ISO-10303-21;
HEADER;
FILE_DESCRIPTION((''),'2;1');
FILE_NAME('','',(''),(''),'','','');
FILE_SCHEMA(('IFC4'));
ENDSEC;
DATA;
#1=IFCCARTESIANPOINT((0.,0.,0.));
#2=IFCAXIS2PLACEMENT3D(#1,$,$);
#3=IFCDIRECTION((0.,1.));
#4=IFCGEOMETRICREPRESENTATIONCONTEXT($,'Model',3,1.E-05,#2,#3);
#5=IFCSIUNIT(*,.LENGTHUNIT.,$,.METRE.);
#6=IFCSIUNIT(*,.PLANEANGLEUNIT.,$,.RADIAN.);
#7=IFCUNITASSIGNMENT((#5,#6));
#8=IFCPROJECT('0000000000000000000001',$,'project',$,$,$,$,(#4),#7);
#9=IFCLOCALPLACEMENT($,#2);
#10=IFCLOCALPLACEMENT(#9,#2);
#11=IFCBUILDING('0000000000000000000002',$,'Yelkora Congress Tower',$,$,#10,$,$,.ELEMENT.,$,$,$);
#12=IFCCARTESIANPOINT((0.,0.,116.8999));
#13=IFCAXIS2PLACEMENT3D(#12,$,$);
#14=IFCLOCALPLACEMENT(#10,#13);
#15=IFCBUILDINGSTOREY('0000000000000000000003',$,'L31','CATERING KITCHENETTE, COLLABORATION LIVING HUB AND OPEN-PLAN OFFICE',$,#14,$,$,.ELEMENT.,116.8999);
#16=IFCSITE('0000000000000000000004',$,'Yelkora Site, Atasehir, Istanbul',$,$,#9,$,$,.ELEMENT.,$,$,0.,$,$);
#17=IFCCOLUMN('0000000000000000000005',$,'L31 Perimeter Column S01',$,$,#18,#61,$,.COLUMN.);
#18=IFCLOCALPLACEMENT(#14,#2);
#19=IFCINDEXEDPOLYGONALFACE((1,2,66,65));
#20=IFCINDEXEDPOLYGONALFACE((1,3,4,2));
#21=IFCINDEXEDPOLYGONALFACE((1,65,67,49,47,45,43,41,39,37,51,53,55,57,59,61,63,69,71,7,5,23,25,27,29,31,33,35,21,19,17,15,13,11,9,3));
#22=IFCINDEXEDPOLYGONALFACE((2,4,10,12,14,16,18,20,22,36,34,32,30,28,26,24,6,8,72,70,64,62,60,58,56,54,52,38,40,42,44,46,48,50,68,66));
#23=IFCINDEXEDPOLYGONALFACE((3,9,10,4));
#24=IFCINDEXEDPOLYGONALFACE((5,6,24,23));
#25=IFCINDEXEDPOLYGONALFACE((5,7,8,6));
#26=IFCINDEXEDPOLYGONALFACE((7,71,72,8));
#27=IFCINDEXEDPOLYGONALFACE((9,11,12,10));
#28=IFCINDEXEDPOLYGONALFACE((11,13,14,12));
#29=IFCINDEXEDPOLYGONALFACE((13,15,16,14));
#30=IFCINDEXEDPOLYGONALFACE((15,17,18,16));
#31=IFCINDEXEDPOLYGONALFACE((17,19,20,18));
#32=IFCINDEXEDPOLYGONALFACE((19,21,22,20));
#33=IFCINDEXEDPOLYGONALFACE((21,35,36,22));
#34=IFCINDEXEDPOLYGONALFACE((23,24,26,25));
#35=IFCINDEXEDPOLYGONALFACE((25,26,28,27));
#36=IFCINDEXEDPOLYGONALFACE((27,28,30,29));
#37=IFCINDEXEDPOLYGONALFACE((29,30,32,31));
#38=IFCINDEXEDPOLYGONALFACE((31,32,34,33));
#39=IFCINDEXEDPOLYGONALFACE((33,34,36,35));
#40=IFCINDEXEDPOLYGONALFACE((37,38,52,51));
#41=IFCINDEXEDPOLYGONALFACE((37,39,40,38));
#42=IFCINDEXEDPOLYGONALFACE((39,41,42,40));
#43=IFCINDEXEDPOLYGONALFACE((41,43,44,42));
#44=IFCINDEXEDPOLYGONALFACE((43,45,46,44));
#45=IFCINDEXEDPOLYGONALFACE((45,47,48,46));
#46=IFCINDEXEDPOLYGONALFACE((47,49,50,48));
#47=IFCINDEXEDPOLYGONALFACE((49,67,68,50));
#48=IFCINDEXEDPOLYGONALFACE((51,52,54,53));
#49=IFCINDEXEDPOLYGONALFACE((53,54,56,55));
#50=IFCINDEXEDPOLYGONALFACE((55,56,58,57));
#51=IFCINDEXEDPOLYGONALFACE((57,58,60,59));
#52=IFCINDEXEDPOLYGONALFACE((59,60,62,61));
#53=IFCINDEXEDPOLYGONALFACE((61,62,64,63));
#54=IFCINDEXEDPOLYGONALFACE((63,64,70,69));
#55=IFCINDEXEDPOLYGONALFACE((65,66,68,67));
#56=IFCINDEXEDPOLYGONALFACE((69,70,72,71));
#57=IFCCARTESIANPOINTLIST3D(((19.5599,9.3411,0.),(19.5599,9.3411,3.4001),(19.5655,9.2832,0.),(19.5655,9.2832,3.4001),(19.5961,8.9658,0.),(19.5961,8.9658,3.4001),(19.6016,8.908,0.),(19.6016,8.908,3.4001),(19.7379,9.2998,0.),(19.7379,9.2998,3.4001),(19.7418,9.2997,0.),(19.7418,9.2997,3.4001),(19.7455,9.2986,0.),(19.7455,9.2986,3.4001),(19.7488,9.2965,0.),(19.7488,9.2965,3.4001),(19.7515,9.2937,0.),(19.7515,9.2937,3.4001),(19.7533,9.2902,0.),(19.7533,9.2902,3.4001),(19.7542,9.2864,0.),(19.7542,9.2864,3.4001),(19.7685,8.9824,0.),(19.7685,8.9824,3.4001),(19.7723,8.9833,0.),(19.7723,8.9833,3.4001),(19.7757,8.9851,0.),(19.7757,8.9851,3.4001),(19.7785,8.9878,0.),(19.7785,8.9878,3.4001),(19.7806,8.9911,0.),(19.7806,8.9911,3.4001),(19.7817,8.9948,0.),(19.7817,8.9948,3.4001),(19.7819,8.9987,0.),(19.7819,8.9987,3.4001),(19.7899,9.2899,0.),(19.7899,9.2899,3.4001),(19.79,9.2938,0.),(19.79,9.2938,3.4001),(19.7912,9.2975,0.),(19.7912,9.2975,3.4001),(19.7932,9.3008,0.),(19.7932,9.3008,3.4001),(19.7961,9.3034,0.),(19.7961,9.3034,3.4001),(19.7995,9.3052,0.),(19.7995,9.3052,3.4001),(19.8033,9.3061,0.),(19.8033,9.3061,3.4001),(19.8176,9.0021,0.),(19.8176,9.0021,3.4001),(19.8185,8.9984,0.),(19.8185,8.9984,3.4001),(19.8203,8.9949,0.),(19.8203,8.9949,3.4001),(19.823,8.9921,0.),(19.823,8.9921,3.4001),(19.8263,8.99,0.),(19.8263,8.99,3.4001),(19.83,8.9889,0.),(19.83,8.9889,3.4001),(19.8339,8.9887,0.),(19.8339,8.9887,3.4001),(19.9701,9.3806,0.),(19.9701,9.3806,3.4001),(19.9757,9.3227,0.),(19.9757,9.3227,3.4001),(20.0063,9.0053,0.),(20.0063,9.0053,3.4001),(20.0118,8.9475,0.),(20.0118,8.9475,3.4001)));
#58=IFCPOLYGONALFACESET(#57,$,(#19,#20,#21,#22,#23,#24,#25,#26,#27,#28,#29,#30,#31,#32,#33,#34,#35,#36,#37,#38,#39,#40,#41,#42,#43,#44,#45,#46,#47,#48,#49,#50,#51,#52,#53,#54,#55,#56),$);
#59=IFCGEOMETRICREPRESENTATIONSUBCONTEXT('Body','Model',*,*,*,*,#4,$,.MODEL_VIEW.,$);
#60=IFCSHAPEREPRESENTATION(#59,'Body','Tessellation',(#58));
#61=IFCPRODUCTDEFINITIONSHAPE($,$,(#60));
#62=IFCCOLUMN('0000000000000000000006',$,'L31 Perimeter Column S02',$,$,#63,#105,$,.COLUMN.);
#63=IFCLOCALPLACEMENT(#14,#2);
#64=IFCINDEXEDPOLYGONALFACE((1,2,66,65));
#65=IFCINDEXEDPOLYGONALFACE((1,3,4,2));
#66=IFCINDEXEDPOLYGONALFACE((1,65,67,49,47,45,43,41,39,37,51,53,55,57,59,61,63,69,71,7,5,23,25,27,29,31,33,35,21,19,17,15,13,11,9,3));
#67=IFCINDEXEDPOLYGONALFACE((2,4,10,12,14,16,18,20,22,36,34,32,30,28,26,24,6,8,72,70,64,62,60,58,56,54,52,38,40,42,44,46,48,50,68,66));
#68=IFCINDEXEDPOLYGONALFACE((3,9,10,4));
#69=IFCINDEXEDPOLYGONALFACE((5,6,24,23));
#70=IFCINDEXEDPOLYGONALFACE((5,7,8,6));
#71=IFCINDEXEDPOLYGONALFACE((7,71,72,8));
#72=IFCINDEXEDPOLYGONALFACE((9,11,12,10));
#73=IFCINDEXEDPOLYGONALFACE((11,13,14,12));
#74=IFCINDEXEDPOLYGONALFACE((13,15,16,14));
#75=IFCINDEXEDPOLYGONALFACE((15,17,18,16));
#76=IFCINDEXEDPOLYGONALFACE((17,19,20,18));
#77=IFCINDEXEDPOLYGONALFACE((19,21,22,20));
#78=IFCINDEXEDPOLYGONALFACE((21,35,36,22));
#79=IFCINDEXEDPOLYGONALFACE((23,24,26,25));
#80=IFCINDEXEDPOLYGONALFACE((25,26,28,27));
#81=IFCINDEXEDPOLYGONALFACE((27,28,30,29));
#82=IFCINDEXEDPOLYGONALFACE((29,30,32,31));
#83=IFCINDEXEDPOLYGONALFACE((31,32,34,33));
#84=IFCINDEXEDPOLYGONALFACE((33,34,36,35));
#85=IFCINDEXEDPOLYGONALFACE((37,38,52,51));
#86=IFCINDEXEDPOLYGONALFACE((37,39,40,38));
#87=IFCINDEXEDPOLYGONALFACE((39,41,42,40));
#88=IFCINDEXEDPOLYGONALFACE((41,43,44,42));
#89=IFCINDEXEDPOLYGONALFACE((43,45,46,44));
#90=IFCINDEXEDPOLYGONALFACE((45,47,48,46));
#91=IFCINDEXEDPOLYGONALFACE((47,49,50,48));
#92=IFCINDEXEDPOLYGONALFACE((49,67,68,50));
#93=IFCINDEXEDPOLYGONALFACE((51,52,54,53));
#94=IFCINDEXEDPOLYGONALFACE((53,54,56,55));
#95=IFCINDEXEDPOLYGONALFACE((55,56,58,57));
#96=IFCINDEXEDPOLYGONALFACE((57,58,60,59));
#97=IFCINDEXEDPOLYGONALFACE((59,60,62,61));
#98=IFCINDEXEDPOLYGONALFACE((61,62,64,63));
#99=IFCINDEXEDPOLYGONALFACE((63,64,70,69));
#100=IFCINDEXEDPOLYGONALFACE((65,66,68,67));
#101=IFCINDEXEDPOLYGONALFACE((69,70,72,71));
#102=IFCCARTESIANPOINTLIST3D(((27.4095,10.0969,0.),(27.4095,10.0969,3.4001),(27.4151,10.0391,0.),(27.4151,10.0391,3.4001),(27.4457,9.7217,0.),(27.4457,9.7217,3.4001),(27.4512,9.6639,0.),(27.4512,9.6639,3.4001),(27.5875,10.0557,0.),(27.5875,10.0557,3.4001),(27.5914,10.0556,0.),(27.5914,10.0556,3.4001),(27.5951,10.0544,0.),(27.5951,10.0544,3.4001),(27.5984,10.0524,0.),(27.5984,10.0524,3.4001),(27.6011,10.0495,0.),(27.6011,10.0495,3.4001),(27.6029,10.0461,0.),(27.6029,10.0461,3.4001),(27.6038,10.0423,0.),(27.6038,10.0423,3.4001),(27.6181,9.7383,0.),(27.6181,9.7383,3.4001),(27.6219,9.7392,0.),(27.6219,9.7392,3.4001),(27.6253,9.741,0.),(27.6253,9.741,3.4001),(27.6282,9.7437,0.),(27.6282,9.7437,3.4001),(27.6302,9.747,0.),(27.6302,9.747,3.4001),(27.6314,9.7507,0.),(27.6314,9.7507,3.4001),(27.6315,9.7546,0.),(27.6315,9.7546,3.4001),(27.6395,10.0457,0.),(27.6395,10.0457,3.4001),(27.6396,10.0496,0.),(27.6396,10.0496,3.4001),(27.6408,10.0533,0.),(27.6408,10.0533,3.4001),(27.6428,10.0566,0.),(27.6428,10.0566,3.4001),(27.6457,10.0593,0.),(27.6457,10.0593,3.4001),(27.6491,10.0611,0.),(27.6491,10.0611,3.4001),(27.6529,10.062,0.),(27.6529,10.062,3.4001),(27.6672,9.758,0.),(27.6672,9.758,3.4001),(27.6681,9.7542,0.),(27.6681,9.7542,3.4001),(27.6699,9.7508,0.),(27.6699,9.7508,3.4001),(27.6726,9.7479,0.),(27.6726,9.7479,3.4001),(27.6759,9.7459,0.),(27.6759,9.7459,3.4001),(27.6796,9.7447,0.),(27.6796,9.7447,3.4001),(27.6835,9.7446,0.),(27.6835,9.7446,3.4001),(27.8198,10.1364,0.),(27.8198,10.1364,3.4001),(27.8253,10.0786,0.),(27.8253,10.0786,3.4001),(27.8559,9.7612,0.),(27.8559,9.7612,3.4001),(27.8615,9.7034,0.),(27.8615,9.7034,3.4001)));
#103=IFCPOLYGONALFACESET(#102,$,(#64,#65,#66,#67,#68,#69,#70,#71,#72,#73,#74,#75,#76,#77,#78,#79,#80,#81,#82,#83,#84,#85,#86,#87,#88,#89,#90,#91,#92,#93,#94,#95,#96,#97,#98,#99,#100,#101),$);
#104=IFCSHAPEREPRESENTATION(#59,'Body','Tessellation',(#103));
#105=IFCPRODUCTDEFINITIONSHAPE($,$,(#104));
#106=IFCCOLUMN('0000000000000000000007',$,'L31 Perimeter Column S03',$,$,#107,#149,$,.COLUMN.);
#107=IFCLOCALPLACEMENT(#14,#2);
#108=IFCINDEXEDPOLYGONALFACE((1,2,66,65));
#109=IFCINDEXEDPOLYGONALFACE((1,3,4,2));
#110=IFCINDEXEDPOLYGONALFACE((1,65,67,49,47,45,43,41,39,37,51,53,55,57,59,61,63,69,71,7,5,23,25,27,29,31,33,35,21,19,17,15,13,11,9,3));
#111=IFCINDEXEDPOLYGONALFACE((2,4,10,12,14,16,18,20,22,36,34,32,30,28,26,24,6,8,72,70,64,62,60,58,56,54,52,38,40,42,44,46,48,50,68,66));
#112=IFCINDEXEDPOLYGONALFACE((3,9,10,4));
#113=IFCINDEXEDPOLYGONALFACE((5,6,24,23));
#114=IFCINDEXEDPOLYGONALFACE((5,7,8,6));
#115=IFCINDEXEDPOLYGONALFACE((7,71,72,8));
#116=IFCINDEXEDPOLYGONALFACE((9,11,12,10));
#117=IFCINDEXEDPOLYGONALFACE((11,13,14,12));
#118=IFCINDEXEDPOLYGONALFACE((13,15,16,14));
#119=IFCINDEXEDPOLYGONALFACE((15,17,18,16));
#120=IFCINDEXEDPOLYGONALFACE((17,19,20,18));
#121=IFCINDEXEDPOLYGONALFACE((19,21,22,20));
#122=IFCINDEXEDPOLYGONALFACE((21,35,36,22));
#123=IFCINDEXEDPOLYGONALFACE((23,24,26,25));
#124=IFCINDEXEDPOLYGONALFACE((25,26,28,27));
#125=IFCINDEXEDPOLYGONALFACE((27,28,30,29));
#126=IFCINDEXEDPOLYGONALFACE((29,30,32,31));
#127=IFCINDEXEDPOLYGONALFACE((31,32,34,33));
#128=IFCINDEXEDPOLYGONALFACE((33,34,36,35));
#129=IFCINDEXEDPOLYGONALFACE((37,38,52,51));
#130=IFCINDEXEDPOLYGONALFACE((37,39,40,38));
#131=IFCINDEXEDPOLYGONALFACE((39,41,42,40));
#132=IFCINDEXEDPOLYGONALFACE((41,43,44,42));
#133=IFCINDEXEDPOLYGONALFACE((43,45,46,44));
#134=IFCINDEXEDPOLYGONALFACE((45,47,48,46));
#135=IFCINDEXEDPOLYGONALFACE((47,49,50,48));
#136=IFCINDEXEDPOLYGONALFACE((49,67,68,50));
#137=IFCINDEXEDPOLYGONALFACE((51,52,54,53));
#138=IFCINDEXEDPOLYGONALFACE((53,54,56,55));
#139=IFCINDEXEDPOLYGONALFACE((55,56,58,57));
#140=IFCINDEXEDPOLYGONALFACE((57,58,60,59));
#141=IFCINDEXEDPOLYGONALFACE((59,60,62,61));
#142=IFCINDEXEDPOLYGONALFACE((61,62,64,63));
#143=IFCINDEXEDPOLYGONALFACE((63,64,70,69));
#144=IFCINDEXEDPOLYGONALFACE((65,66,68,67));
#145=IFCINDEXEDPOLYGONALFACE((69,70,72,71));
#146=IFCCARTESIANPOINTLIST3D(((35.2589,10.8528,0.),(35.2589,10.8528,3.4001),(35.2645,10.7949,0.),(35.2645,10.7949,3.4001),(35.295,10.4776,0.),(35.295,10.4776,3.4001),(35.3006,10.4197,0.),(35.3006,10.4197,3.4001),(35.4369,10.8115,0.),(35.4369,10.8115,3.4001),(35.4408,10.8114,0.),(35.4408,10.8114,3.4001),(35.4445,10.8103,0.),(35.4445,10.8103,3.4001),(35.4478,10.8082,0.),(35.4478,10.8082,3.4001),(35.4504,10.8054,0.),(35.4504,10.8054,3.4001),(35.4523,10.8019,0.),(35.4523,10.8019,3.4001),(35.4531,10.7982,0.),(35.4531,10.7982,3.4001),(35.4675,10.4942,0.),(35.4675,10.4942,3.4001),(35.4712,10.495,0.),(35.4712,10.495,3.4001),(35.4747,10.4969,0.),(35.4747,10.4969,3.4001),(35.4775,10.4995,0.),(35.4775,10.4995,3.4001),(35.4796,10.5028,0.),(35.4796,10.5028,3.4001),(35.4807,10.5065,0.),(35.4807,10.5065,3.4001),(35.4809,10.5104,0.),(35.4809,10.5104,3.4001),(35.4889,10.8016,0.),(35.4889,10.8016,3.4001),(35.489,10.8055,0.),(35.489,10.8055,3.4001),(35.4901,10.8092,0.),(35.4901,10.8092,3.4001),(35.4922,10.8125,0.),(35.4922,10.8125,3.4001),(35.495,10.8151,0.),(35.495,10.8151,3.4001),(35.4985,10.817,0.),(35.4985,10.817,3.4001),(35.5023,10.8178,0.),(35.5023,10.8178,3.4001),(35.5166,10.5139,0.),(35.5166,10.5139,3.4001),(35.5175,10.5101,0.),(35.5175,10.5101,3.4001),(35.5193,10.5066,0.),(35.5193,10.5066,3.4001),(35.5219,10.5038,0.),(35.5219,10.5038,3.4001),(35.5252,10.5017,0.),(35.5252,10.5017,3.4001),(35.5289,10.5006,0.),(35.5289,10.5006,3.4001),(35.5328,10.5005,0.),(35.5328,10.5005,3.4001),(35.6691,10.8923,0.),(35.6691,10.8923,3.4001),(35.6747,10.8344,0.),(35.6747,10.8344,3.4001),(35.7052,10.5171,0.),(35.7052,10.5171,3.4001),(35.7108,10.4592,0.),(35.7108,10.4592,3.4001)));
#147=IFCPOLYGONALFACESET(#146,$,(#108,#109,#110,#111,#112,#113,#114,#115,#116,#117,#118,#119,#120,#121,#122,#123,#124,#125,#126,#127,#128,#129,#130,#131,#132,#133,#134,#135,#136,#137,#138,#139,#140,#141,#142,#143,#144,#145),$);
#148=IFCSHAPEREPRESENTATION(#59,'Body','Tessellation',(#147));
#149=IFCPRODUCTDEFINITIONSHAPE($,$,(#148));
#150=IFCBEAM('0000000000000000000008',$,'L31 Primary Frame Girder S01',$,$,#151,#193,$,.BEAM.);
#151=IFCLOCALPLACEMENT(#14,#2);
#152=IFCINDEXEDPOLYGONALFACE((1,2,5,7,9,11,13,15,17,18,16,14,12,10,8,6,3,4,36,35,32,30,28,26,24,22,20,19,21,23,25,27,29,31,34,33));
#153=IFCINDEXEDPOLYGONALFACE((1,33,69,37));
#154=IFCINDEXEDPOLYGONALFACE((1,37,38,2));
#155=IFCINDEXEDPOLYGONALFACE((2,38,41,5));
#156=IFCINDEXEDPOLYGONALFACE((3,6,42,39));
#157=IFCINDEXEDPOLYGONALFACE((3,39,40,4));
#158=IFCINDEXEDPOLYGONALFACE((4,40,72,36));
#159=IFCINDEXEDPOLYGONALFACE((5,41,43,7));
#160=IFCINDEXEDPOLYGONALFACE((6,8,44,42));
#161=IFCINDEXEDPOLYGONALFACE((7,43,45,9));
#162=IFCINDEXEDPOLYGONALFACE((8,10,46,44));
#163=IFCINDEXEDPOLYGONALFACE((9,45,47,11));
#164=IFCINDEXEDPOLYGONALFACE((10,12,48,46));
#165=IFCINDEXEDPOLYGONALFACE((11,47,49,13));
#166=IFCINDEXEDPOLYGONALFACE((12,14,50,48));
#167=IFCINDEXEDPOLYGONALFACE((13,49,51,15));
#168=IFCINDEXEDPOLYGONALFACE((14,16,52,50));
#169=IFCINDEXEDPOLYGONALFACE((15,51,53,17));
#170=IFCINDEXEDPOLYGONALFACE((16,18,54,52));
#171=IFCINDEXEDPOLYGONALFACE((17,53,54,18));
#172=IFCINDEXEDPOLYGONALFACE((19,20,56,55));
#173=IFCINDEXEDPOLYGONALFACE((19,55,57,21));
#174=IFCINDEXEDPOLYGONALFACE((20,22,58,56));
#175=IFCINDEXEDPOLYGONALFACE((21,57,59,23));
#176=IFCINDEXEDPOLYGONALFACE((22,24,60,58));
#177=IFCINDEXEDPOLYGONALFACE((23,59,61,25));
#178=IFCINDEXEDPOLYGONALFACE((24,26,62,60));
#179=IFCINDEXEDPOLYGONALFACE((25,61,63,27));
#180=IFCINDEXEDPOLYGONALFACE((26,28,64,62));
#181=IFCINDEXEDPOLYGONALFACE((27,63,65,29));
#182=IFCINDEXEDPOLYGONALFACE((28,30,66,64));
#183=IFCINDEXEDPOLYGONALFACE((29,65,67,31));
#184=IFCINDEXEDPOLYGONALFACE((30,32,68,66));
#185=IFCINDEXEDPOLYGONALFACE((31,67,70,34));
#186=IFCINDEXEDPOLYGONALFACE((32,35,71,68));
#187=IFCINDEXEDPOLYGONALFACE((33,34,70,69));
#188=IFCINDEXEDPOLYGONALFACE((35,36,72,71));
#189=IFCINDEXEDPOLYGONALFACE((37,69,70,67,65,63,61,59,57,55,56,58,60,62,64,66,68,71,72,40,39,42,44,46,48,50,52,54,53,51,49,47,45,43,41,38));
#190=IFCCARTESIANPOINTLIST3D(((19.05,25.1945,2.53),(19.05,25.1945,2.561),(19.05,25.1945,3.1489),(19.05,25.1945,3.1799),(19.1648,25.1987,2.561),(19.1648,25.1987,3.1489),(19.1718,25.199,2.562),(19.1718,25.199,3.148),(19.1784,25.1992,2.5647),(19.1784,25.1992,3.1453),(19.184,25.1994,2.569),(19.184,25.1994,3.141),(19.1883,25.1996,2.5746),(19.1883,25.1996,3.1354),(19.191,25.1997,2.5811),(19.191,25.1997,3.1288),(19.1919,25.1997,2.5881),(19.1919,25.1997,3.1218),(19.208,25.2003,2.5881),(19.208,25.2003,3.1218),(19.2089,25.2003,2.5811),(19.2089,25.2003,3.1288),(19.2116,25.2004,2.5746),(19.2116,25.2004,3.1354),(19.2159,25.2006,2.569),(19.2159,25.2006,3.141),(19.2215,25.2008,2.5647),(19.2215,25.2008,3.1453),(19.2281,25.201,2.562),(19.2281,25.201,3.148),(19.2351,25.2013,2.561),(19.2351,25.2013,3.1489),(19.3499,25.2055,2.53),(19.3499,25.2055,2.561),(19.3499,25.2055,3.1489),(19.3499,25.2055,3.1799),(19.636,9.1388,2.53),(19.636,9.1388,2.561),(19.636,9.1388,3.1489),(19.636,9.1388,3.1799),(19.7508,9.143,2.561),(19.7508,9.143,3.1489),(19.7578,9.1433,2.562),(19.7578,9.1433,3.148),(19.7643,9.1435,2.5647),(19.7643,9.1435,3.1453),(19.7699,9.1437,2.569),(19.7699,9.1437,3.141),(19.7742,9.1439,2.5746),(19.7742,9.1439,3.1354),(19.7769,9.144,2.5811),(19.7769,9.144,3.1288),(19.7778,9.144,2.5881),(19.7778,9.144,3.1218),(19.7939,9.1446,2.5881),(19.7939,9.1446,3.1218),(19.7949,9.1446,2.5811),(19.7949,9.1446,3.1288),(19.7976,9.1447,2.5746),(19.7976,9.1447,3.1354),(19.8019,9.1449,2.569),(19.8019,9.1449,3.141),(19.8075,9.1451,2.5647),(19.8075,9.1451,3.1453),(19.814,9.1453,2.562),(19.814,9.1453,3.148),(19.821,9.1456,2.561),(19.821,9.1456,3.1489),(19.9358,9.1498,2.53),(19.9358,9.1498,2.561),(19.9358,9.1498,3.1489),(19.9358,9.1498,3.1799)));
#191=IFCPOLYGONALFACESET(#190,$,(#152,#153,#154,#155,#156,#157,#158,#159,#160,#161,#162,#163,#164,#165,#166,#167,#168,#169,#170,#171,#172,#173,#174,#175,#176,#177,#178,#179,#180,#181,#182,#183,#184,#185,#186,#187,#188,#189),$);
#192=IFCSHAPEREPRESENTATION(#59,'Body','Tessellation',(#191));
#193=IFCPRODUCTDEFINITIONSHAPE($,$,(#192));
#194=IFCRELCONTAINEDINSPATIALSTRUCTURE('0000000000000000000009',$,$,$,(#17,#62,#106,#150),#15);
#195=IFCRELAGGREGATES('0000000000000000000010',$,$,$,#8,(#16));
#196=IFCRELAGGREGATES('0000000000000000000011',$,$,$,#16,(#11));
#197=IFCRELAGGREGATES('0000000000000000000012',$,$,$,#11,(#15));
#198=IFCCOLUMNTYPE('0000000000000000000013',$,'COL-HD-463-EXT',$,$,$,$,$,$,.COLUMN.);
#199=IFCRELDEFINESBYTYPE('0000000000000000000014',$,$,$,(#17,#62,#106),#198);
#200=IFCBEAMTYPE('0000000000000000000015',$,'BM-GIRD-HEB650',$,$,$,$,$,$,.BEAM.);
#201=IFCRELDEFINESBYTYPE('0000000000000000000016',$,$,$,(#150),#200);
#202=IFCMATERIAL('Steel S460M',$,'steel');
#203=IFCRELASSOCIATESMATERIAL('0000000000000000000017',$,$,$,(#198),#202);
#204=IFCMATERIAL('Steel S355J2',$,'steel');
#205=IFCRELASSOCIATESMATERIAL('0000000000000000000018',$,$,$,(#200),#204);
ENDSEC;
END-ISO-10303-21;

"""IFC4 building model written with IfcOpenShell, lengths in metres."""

from ifc_helpers import new_model, si_unit, direction, frame, origin, origin_2d, place, context, subcontext, project, spatial, i_section, extrude, material, material_profile, profile_set, type_object, element, save


model = new_model("IFC4")

# Units and contexts
model_context = context("Model", 3, precision=1e-05, world=origin(), true_north=direction((0.0, 1.0)))
body_context = subcontext(model_context, "Body", "Model", "MODEL_VIEW")
ifc_project = project(units=[si_unit("LENGTHUNIT", "METRE"), si_unit("PLANEANGLEUNIT", "RADIAN")], contexts=[model_context])

# Site, building, storey
site_placement = place(None, origin())
site = spatial("IfcSite", under=ifc_project, at=site_placement, Name="Yelkora Site, Atasehir, Istanbul", CompositionType="ELEMENT", RefElevation=0.0)
building_placement = place(site_placement, origin())
building = spatial("IfcBuilding", under=site, at=building_placement, Name="Yelkora Congress Tower", CompositionType="ELEMENT")
storey_placement = place(building_placement, frame((0.0, 0.0, 116.8999)))
storey = spatial("IfcBuildingStorey", under=building, at=storey_placement, Name="L31", Description="CATERING KITCHENETTE, COLLABORATION LIVING HUB AND OPEN-PLAN OFFICE", CompositionType="ELEMENT", Elevation=116.8999)

# Columns
ifc_material_1 = material(Name="Steel S460M", Category="steel")
ifc_material_profile_1 = material_profile(ifc_material_1, i_section(OverallWidth=0.4121, OverallDepth=0.4351, WebThickness=0.0359, FlangeThickness=0.0581, FilletRadius=0.0149, at=origin_2d()), Name="HD 400x463")
ifc_profile_set_1 = profile_set([ifc_material_profile_1], Name="Steel S460M")
column_type = type_object("IfcColumnType", Name="COL-HD-463-EXT", PredefinedType="COLUMN", material=ifc_profile_set_1)
for number, where, z_axis, x_axis, name in (
    (1, (19.7859, 9.1443, 0.0), (0.0, 0.0, 1.0), (0.995396, 0.095846, 0.0), "L31 Perimeter Column S01"),
    (2, (27.6355, 9.9001, 0.0), (0.0, 0.0, 1.0), (0.995396, 0.095846, 0.0), "L31 Perimeter Column S02"),
    (3, (35.4849, 10.656, 0.0), (0.0, 0.0, 1.0), (0.995396, 0.095846, 0.0), "L31 Perimeter Column S03"),
):
    element("IfcColumn", number, at=place(storey_placement, frame(where, z_axis=z_axis, x_axis=x_axis)), inside=storey, type_object=column_type, Name=name, PredefinedType="COLUMN", context=body_context, shape_type="SweptSolid", body=[
        extrude(i_section(OverallWidth=0.4121, OverallDepth=0.4351, WebThickness=0.0359, FlangeThickness=0.0581, FilletRadius=0.0149, at=origin_2d()), origin(), (0.0, 0.0, 1.0), 3.4001),
    ])

# Beam
ifc_material_2 = material(Name="Steel S355J2", Category="steel")
ifc_material_profile_2 = material_profile(ifc_material_2, i_section(OverallWidth=0.3, OverallDepth=0.6499, WebThickness=0.0161, FlangeThickness=0.031, FilletRadius=0.0271, at=origin_2d()), Name="HEB 650")
ifc_profile_set_2 = profile_set([ifc_material_profile_2], Name="Steel S355J2")
beam_type_1 = type_object("IfcBeamType", Name="BM-GIRD-HEB650", PredefinedType="BEAM", material=ifc_profile_set_2)
beam_1_placement = place(storey_placement, frame((19.7859, 9.1443, 2.855), z_axis=(-0.03647, 0.999335, 0.0), x_axis=(-0.999335, -0.03647, 0.0)))
element("IfcBeam", 4, at=beam_1_placement, inside=storey, type_object=beam_type_1, Name="L31 Primary Frame Girder S01", PredefinedType="BEAM", context=body_context, shape_type="SweptSolid", body=[
    extrude(i_section(OverallWidth=0.3, OverallDepth=0.6499, WebThickness=0.0161, FlangeThickness=0.031, FilletRadius=0.0271, at=origin_2d()), origin(), (0.0, 0.0, 1.0), 16.0664),
])

save(model, "model.ifc")
